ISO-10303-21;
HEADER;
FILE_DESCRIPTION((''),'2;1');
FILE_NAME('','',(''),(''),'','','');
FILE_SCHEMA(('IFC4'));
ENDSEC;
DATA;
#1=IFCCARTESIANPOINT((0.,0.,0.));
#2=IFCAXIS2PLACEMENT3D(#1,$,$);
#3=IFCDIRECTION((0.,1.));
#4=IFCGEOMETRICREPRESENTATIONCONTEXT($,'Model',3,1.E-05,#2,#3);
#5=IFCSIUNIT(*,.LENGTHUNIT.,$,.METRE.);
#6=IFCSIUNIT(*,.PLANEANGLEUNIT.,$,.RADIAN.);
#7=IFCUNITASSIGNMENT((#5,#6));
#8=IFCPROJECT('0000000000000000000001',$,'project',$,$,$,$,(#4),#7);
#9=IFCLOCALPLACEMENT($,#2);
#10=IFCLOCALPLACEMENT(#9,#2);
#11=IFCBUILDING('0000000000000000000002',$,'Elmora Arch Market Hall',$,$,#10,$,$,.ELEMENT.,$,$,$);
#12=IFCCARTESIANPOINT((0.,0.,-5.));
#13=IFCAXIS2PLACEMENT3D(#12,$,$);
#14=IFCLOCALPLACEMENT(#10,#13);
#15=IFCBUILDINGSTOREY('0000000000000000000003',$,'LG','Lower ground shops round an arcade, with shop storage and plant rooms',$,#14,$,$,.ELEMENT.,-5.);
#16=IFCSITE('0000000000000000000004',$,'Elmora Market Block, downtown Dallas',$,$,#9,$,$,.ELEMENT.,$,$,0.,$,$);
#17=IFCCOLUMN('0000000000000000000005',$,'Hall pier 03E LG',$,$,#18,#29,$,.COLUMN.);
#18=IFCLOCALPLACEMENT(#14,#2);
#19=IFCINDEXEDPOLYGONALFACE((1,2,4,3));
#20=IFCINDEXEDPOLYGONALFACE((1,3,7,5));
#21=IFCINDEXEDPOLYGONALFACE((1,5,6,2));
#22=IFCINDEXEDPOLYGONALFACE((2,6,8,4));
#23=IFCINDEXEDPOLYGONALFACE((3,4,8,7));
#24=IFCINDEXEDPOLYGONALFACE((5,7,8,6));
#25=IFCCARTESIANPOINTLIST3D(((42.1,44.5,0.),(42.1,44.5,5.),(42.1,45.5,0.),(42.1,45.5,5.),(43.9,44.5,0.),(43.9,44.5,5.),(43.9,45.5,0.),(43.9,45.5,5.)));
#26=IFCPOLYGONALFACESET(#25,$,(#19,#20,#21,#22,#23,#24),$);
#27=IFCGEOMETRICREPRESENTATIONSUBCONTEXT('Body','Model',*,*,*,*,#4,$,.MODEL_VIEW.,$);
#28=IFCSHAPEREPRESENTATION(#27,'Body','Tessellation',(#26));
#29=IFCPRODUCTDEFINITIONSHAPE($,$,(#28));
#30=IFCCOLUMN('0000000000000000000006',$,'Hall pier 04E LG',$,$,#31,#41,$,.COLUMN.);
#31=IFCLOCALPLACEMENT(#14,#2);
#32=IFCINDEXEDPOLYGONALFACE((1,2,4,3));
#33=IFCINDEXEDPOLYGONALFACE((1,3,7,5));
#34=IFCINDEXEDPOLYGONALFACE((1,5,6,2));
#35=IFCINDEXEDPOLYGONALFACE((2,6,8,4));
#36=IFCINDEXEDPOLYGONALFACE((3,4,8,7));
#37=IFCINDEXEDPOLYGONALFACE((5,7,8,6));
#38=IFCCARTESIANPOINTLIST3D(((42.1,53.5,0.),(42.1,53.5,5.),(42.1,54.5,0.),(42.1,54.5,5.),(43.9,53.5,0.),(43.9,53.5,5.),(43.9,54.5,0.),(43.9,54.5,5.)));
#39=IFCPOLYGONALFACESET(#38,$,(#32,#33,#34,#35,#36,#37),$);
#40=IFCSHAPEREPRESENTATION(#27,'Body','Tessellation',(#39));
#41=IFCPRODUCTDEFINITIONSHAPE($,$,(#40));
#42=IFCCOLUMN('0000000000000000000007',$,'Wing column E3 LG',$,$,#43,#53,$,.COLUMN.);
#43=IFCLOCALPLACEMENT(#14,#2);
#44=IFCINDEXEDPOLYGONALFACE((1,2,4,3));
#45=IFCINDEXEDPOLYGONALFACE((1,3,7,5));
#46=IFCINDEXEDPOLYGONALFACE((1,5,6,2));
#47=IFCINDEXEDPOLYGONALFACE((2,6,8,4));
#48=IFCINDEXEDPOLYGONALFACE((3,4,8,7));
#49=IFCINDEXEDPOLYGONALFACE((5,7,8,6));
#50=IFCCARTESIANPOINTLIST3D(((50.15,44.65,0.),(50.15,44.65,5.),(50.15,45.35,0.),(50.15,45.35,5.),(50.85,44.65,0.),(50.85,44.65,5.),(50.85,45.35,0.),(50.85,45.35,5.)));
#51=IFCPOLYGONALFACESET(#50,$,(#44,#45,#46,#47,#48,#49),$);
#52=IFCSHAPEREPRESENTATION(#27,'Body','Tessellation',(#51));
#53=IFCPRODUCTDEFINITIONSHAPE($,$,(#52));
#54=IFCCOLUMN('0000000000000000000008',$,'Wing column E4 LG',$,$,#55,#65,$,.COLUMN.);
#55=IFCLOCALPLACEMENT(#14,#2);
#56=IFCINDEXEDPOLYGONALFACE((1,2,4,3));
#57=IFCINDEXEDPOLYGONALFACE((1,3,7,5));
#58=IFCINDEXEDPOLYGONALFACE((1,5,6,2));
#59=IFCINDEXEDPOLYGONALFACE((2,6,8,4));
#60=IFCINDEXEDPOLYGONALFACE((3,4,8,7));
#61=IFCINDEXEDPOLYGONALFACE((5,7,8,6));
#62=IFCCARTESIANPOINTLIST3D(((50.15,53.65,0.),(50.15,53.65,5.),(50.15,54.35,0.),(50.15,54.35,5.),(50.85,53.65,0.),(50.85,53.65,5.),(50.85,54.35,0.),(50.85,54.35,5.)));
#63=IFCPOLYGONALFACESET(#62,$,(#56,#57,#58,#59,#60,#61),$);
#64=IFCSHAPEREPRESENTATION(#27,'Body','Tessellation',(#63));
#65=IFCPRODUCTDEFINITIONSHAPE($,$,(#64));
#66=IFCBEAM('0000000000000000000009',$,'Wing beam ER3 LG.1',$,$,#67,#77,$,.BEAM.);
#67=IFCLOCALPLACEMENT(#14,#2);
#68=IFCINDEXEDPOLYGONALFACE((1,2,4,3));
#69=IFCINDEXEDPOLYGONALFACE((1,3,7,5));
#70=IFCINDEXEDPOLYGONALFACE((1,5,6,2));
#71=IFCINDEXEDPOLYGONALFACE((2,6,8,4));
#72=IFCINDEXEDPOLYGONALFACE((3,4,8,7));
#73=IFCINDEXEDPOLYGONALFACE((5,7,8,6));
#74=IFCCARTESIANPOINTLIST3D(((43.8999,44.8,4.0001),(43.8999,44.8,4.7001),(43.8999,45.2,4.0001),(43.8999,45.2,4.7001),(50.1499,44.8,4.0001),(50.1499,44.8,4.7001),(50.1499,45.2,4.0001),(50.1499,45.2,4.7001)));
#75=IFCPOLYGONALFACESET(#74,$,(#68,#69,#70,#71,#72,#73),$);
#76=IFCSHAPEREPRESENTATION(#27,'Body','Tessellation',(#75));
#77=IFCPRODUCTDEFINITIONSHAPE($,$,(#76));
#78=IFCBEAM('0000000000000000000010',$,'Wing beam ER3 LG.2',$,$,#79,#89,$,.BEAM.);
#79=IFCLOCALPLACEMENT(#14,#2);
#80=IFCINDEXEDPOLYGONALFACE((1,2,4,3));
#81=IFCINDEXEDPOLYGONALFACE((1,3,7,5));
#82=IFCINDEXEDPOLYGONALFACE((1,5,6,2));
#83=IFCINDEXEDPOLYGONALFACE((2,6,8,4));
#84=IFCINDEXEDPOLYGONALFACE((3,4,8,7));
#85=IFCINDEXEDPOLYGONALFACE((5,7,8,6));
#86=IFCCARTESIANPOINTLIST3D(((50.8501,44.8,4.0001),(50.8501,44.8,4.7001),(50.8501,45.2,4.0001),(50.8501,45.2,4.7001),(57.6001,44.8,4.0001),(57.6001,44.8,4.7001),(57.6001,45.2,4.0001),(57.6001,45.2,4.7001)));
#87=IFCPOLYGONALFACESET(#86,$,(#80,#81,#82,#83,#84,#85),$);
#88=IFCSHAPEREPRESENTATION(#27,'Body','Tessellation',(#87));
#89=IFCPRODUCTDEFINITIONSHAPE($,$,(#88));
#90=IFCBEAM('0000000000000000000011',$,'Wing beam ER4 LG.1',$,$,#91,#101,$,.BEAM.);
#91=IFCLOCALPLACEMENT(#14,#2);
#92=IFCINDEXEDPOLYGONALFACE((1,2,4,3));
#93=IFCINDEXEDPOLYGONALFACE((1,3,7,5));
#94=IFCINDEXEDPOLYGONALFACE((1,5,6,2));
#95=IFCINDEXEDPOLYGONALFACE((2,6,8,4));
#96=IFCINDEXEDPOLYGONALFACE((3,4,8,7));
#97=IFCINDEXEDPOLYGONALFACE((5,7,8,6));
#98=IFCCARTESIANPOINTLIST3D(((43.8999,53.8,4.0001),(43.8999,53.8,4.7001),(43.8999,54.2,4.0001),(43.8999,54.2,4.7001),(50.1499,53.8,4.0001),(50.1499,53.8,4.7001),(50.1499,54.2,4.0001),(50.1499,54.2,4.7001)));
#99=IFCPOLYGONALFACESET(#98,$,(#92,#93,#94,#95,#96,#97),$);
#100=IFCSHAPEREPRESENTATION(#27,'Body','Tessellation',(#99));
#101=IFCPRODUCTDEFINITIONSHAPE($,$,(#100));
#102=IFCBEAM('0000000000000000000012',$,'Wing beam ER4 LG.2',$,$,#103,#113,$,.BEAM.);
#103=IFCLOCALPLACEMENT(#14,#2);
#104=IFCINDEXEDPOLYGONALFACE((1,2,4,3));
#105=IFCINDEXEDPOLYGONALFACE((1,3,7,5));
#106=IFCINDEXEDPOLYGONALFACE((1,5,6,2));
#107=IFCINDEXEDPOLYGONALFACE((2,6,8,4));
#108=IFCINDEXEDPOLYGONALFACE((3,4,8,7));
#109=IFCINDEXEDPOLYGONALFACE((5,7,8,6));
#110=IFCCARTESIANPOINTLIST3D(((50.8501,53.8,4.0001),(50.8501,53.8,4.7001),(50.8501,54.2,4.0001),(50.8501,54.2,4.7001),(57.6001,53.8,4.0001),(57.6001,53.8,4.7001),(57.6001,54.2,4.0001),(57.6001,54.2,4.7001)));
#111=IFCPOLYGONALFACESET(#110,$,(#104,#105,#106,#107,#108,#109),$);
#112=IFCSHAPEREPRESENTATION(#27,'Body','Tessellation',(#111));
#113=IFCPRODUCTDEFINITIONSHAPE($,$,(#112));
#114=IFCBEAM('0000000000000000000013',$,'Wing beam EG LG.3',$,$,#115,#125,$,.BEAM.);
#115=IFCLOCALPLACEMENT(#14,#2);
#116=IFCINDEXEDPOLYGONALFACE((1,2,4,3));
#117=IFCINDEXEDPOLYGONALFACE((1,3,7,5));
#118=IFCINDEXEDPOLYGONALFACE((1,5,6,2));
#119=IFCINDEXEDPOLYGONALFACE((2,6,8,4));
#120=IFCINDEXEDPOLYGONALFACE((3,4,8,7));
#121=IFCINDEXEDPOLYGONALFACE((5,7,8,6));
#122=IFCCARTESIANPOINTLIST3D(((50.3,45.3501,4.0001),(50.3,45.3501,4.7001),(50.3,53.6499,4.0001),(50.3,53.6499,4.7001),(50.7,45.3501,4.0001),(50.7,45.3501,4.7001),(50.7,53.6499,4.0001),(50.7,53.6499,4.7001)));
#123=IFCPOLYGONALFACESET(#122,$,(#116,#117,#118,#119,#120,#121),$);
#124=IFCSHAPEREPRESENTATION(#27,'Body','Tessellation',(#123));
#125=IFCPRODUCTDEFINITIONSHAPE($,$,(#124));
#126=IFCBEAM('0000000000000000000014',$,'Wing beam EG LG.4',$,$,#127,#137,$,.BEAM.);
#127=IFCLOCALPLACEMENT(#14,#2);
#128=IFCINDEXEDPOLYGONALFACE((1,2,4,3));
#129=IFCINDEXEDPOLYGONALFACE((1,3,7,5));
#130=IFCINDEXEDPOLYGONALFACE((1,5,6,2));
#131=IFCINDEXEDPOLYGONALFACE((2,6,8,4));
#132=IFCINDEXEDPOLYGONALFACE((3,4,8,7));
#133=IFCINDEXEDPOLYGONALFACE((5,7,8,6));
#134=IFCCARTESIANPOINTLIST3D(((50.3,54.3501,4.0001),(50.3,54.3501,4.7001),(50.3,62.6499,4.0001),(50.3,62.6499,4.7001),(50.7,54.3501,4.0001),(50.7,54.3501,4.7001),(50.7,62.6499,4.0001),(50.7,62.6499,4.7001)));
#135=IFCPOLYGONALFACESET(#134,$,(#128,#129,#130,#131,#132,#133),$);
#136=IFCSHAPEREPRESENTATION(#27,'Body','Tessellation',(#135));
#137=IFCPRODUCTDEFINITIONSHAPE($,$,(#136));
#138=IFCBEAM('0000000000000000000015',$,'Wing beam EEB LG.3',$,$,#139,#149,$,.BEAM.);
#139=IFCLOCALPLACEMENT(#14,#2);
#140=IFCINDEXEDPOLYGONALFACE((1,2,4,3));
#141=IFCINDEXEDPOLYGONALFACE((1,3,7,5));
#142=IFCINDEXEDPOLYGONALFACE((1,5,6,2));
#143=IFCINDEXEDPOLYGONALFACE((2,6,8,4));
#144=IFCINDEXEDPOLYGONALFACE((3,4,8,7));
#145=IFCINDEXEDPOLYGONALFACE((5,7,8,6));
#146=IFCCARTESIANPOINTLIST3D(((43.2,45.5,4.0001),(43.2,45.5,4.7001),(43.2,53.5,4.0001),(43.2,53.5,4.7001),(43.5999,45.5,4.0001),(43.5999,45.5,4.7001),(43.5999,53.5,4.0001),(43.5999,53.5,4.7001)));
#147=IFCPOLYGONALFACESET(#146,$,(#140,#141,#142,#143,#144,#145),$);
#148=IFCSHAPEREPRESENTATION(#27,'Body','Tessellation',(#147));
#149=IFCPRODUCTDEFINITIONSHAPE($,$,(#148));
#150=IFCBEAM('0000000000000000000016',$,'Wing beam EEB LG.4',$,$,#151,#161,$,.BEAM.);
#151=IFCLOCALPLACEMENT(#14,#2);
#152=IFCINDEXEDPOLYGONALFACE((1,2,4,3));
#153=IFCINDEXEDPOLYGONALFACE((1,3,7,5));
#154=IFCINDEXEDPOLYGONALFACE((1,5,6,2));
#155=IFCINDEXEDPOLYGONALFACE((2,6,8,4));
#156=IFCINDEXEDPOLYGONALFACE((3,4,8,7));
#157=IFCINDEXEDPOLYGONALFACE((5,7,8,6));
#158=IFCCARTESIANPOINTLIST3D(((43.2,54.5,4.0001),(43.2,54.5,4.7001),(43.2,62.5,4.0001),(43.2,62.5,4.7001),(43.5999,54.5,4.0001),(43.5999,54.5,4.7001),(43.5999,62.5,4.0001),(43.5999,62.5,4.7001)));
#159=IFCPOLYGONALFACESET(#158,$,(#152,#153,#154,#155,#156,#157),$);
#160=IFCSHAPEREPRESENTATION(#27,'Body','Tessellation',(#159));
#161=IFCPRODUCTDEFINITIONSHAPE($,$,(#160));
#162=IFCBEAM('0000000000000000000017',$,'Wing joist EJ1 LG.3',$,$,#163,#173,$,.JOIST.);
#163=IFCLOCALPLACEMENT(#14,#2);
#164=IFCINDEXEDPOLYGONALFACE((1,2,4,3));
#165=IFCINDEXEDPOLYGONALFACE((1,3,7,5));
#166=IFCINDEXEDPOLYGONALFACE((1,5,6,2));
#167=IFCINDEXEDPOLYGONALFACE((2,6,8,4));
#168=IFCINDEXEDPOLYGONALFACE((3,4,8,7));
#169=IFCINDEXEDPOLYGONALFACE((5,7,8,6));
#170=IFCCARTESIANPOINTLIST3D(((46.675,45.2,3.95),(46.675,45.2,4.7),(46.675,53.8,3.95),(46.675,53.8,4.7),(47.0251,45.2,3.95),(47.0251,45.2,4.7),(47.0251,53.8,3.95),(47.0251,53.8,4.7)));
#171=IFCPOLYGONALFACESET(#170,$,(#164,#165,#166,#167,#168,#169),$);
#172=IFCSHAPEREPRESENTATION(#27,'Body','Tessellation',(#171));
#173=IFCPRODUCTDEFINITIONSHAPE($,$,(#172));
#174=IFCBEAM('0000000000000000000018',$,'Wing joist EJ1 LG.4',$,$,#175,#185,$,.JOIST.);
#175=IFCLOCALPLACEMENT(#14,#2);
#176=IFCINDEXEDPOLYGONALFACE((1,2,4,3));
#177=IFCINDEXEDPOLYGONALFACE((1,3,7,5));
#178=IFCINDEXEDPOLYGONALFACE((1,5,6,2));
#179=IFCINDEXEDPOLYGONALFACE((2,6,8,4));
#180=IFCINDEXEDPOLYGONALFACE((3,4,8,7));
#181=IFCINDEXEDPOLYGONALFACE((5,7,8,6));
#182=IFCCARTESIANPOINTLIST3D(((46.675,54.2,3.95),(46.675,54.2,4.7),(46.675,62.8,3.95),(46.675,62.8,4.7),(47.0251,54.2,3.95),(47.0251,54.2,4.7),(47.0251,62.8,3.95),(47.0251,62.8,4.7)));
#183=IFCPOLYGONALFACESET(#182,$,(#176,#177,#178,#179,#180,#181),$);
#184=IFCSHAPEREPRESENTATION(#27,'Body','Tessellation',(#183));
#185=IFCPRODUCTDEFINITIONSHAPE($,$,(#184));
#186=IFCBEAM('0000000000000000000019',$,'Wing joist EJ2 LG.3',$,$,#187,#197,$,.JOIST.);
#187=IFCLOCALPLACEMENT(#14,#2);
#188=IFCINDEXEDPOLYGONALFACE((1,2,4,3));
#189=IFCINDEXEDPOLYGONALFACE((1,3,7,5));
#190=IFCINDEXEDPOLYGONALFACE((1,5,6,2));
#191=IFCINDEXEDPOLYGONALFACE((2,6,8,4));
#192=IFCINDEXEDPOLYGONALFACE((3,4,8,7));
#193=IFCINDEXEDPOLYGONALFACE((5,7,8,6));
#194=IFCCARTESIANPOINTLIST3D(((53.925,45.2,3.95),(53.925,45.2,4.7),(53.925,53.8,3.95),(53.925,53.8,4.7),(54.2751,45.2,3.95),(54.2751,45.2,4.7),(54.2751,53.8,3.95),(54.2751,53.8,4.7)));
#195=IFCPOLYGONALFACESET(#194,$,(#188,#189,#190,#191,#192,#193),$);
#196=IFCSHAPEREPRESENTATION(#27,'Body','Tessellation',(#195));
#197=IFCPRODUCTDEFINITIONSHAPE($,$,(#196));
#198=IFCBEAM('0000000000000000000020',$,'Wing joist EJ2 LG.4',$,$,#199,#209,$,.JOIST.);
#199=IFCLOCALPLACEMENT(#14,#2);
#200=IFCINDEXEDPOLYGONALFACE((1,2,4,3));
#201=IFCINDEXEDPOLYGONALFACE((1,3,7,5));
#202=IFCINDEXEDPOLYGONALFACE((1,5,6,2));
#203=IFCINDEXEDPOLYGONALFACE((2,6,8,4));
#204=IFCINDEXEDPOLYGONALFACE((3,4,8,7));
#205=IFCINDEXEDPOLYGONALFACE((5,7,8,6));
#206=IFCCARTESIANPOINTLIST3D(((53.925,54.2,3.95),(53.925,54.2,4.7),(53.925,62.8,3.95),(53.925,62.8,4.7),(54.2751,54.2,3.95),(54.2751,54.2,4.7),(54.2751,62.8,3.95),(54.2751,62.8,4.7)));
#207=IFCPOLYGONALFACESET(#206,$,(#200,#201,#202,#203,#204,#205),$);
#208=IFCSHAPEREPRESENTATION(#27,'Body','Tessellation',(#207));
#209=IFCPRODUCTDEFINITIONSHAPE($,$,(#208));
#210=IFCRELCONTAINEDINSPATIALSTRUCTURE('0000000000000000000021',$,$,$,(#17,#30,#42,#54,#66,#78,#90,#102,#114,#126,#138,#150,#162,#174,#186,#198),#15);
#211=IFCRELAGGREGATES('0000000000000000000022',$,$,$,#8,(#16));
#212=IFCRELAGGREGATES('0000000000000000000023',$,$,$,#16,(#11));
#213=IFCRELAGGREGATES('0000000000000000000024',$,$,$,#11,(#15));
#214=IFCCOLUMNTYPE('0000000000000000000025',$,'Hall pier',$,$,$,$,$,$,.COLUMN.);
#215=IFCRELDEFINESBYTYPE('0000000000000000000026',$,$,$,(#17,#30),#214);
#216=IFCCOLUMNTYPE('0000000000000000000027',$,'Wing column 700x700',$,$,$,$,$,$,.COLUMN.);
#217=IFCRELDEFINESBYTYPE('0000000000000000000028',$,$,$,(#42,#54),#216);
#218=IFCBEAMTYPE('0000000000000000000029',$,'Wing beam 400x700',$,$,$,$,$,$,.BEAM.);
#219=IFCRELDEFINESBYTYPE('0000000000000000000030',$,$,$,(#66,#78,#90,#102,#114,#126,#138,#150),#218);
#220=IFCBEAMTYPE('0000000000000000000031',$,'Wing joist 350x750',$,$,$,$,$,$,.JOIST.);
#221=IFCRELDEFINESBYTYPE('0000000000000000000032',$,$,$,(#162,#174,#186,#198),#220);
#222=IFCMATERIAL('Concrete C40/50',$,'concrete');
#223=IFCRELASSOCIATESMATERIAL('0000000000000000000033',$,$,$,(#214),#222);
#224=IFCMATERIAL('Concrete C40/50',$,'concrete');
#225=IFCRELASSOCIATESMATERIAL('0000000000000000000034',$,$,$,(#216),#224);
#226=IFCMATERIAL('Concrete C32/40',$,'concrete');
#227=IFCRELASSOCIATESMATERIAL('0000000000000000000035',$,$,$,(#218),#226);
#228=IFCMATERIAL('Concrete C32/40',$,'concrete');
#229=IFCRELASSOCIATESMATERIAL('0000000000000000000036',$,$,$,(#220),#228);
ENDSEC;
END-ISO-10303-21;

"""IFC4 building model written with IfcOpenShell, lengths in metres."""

from ifc_helpers import new_model, si_unit, direction, frame, origin, origin_2d, place, context, subcontext, project, spatial, rectangle, extrude, material, material_profile, profile_set, type_object, element, save


model = new_model("IFC4")

# Units and contexts
model_context = context("Model", 3, precision=1e-05, world=origin(), true_north=direction((0.0, 1.0)))
body_context = subcontext(model_context, "Body", "Model", "MODEL_VIEW")
ifc_project = project(units=[si_unit("LENGTHUNIT", "METRE"), si_unit("PLANEANGLEUNIT", "RADIAN")], contexts=[model_context])

# Site, building, storey
site_placement = place(None, origin())
site = spatial("IfcSite", under=ifc_project, at=site_placement, Name="Elmora Market Block, downtown Dallas", CompositionType="ELEMENT", RefElevation=0.0)
building_placement = place(site_placement, origin())
building = spatial("IfcBuilding", under=site, at=building_placement, Name="Elmora Arch Market Hall", CompositionType="ELEMENT")
storey_placement = place(building_placement, frame((0.0, 0.0, -5.0)))
storey = spatial("IfcBuildingStorey", under=building, at=storey_placement, Name="LG", Description="Lower ground shops round an arcade, with shop storage and plant rooms", CompositionType="ELEMENT", Elevation=-5.0)

# Columns
ifc_material_1 = material(Name="Concrete C40/50", Category="concrete")
ifc_material_profile_1 = material_profile(ifc_material_1, rectangle(XDim=1.8, YDim=1.0, at=origin_2d()), Name="Hall pier")
ifc_profile_set_1 = profile_set([ifc_material_profile_1], Name="Concrete C40/50")
column_type_1 = type_object("IfcColumnType", Name="Hall pier", PredefinedType="COLUMN", material=ifc_profile_set_1)
for number, where, z_axis, x_axis, name in (
    (1, (43.0, 45.0, 0.0), (0.0, 0.0, 1.0), (1.0, 0.0, 0.0), "Hall pier 03E LG"),
    (2, (43.0, 54.0, 0.0), (0.0, 0.0, 1.0), (1.0, 0.0, 0.0), "Hall pier 04E LG"),
):
    element("IfcColumn", number, at=place(storey_placement, frame(where, z_axis=z_axis, x_axis=x_axis)), inside=storey, type_object=column_type_1, Name=name, PredefinedType="COLUMN", context=body_context, shape_type="SweptSolid", body=[
        extrude(rectangle(XDim=1.8, YDim=1.0, at=origin_2d()), origin(), (0.0, 0.0, 1.0), 5.0),
    ])
ifc_material_2 = material(Name="Concrete C40/50", Category="concrete")
ifc_material_profile_2 = material_profile(ifc_material_2, rectangle(XDim=0.7, YDim=0.7, at=origin_2d()), Name="Wing column 700x700")
ifc_profile_set_2 = profile_set([ifc_material_profile_2], Name="Concrete C40/50")
column_type_2 = type_object("IfcColumnType", Name="Wing column 700x700", PredefinedType="COLUMN", material=ifc_profile_set_2)
for number, where, z_axis, x_axis, name in (
    (3, (50.5, 45.0, 0.0), (0.0, 0.0, 1.0), (1.0, 0.0, 0.0), "Wing column E3 LG"),
    (4, (50.5, 54.0, 0.0), (0.0, 0.0, 1.0), (1.0, 0.0, 0.0), "Wing column E4 LG"),
):
    element("IfcColumn", number, at=place(storey_placement, frame(where, z_axis=z_axis, x_axis=x_axis)), inside=storey, type_object=column_type_2, Name=name, PredefinedType="COLUMN", context=body_context, shape_type="SweptSolid", body=[
        extrude(rectangle(XDim=0.7, YDim=0.7, at=origin_2d()), origin(), (0.0, 0.0, 1.0), 5.0),
    ])

# Beams
ifc_material_3 = material(Name="Concrete C32/40", Category="concrete")
ifc_material_profile_3 = material_profile(ifc_material_3, rectangle(XDim=0.3999, YDim=0.7, at=origin_2d()), Name="Wing beam 400x700")
ifc_profile_set_3 = profile_set([ifc_material_profile_3], Name="Concrete C32/40")
beam_type_1 = type_object("IfcBeamType", Name="Wing beam 400x700", PredefinedType="BEAM", material=ifc_profile_set_3)
beam_1_placement = place(storey_placement, frame((43.8999, 45.0, 4.3501), z_axis=(1.0, 0.0, 0.0), x_axis=(0.0, 1.0, 0.0)))
element("IfcBeam", 5, at=beam_1_placement, inside=storey, type_object=beam_type_1, Name="Wing beam ER3 LG.1", PredefinedType="BEAM", context=body_context, shape_type="SweptSolid", body=[
    extrude(rectangle(XDim=0.3999, YDim=0.7, at=origin_2d()), origin(), (0.0, 0.0, 1.0), 6.25),
])
beam_2_placement = place(storey_placement, frame((50.8501, 45.0, 4.3501), z_axis=(1.0, 0.0, 0.0), x_axis=(0.0, 1.0, 0.0)))
element("IfcBeam", 6, at=beam_2_placement, inside=storey, type_object=beam_type_1, Name="Wing beam ER3 LG.2", PredefinedType="BEAM", context=body_context, shape_type="SweptSolid", body=[
    extrude(rectangle(XDim=0.3999, YDim=0.7, at=origin_2d()), origin(), (0.0, 0.0, 1.0), 6.75),
])
beam_3_placement = place(storey_placement, frame((43.8999, 54.0, 4.3501), z_axis=(1.0, 0.0, 0.0), x_axis=(0.0, 1.0, 0.0)))
element("IfcBeam", 7, at=beam_3_placement, inside=storey, type_object=beam_type_1, Name="Wing beam ER4 LG.1", PredefinedType="BEAM", context=body_context, shape_type="SweptSolid", body=[
    extrude(rectangle(XDim=0.3999, YDim=0.7, at=origin_2d()), origin(), (0.0, 0.0, 1.0), 6.25),
])
beam_4_placement = place(storey_placement, frame((50.8501, 54.0, 4.3501), z_axis=(1.0, 0.0, 0.0), x_axis=(0.0, 1.0, 0.0)))
element("IfcBeam", 8, at=beam_4_placement, inside=storey, type_object=beam_type_1, Name="Wing beam ER4 LG.2", PredefinedType="BEAM", context=body_context, shape_type="SweptSolid", body=[
    extrude(rectangle(XDim=0.3999, YDim=0.7, at=origin_2d()), origin(), (0.0, 0.0, 1.0), 6.75),
])
for number, where, z_axis, x_axis, name in (
    (9, (50.5, 45.3501, 4.3501), (0.0, 1.0, 0.0), (-1.0, 0.0, 0.0), "Wing beam EG LG.3"),
    (10, (50.5, 54.3501, 4.3501), (0.0, 1.0, 0.0), (-1.0, 0.0, 0.0), "Wing beam EG LG.4"),
):
    element("IfcBeam", number, at=place(storey_placement, frame(where, z_axis=z_axis, x_axis=x_axis)), inside=storey, type_object=beam_type_1, Name=name, PredefinedType="BEAM", context=body_context, shape_type="SweptSolid", body=[
        extrude(rectangle(XDim=0.3999, YDim=0.7, at=origin_2d()), origin(), (0.0, 0.0, 1.0), 8.2998),
    ])
for number, where, z_axis, x_axis, name in (
    (11, (43.3999, 45.5, 4.3501), (0.0, 1.0, 0.0), (-1.0, 0.0, 0.0), "Wing beam EEB LG.3"),
    (12, (43.3999, 54.5, 4.3501), (0.0, 1.0, 0.0), (-1.0, 0.0, 0.0), "Wing beam EEB LG.4"),
):
    element("IfcBeam", number, at=place(storey_placement, frame(where, z_axis=z_axis, x_axis=x_axis)), inside=storey, type_object=beam_type_1, Name=name, PredefinedType="BEAM", context=body_context, shape_type="SweptSolid", body=[
        extrude(rectangle(XDim=0.3999, YDim=0.7, at=origin_2d()), origin(), (0.0, 0.0, 1.0), 8.0),
    ])
ifc_material_4 = material(Name="Concrete C32/40", Category="concrete")
ifc_material_profile_4 = material_profile(ifc_material_4, rectangle(XDim=0.3501, YDim=0.75, at=origin_2d()), Name="Wing joist 350x750")
ifc_profile_set_4 = profile_set([ifc_material_profile_4], Name="Concrete C32/40")
beam_type_2 = type_object("IfcBeamType", Name="Wing joist 350x750", PredefinedType="JOIST", material=ifc_profile_set_4)
for number, where, z_axis, x_axis, name in (
    (13, (46.8501, 45.2, 4.325), (0.0, 1.0, 0.0), (-1.0, 0.0, 0.0), "Wing joist EJ1 LG.3"),
    (14, (46.8501, 54.2, 4.325), (0.0, 1.0, 0.0), (-1.0, 0.0, 0.0), "Wing joist EJ1 LG.4"),
    (15, (54.1001, 45.2, 4.325), (0.0, 1.0, 0.0), (-1.0, 0.0, 0.0), "Wing joist EJ2 LG.3"),
    (16, (54.1001, 54.2, 4.325), (0.0, 1.0, 0.0), (-1.0, 0.0, 0.0), "Wing joist EJ2 LG.4"),
):
    element("IfcBeam", number, at=place(storey_placement, frame(where, z_axis=z_axis, x_axis=x_axis)), inside=storey, type_object=beam_type_2, Name=name, PredefinedType="JOIST", context=body_context, shape_type="SweptSolid", body=[
        extrude(rectangle(XDim=0.3501, YDim=0.75, at=origin_2d()), origin(), (0.0, 0.0, 1.0), 8.6001),
    ])

save(model, "model.ifc")
